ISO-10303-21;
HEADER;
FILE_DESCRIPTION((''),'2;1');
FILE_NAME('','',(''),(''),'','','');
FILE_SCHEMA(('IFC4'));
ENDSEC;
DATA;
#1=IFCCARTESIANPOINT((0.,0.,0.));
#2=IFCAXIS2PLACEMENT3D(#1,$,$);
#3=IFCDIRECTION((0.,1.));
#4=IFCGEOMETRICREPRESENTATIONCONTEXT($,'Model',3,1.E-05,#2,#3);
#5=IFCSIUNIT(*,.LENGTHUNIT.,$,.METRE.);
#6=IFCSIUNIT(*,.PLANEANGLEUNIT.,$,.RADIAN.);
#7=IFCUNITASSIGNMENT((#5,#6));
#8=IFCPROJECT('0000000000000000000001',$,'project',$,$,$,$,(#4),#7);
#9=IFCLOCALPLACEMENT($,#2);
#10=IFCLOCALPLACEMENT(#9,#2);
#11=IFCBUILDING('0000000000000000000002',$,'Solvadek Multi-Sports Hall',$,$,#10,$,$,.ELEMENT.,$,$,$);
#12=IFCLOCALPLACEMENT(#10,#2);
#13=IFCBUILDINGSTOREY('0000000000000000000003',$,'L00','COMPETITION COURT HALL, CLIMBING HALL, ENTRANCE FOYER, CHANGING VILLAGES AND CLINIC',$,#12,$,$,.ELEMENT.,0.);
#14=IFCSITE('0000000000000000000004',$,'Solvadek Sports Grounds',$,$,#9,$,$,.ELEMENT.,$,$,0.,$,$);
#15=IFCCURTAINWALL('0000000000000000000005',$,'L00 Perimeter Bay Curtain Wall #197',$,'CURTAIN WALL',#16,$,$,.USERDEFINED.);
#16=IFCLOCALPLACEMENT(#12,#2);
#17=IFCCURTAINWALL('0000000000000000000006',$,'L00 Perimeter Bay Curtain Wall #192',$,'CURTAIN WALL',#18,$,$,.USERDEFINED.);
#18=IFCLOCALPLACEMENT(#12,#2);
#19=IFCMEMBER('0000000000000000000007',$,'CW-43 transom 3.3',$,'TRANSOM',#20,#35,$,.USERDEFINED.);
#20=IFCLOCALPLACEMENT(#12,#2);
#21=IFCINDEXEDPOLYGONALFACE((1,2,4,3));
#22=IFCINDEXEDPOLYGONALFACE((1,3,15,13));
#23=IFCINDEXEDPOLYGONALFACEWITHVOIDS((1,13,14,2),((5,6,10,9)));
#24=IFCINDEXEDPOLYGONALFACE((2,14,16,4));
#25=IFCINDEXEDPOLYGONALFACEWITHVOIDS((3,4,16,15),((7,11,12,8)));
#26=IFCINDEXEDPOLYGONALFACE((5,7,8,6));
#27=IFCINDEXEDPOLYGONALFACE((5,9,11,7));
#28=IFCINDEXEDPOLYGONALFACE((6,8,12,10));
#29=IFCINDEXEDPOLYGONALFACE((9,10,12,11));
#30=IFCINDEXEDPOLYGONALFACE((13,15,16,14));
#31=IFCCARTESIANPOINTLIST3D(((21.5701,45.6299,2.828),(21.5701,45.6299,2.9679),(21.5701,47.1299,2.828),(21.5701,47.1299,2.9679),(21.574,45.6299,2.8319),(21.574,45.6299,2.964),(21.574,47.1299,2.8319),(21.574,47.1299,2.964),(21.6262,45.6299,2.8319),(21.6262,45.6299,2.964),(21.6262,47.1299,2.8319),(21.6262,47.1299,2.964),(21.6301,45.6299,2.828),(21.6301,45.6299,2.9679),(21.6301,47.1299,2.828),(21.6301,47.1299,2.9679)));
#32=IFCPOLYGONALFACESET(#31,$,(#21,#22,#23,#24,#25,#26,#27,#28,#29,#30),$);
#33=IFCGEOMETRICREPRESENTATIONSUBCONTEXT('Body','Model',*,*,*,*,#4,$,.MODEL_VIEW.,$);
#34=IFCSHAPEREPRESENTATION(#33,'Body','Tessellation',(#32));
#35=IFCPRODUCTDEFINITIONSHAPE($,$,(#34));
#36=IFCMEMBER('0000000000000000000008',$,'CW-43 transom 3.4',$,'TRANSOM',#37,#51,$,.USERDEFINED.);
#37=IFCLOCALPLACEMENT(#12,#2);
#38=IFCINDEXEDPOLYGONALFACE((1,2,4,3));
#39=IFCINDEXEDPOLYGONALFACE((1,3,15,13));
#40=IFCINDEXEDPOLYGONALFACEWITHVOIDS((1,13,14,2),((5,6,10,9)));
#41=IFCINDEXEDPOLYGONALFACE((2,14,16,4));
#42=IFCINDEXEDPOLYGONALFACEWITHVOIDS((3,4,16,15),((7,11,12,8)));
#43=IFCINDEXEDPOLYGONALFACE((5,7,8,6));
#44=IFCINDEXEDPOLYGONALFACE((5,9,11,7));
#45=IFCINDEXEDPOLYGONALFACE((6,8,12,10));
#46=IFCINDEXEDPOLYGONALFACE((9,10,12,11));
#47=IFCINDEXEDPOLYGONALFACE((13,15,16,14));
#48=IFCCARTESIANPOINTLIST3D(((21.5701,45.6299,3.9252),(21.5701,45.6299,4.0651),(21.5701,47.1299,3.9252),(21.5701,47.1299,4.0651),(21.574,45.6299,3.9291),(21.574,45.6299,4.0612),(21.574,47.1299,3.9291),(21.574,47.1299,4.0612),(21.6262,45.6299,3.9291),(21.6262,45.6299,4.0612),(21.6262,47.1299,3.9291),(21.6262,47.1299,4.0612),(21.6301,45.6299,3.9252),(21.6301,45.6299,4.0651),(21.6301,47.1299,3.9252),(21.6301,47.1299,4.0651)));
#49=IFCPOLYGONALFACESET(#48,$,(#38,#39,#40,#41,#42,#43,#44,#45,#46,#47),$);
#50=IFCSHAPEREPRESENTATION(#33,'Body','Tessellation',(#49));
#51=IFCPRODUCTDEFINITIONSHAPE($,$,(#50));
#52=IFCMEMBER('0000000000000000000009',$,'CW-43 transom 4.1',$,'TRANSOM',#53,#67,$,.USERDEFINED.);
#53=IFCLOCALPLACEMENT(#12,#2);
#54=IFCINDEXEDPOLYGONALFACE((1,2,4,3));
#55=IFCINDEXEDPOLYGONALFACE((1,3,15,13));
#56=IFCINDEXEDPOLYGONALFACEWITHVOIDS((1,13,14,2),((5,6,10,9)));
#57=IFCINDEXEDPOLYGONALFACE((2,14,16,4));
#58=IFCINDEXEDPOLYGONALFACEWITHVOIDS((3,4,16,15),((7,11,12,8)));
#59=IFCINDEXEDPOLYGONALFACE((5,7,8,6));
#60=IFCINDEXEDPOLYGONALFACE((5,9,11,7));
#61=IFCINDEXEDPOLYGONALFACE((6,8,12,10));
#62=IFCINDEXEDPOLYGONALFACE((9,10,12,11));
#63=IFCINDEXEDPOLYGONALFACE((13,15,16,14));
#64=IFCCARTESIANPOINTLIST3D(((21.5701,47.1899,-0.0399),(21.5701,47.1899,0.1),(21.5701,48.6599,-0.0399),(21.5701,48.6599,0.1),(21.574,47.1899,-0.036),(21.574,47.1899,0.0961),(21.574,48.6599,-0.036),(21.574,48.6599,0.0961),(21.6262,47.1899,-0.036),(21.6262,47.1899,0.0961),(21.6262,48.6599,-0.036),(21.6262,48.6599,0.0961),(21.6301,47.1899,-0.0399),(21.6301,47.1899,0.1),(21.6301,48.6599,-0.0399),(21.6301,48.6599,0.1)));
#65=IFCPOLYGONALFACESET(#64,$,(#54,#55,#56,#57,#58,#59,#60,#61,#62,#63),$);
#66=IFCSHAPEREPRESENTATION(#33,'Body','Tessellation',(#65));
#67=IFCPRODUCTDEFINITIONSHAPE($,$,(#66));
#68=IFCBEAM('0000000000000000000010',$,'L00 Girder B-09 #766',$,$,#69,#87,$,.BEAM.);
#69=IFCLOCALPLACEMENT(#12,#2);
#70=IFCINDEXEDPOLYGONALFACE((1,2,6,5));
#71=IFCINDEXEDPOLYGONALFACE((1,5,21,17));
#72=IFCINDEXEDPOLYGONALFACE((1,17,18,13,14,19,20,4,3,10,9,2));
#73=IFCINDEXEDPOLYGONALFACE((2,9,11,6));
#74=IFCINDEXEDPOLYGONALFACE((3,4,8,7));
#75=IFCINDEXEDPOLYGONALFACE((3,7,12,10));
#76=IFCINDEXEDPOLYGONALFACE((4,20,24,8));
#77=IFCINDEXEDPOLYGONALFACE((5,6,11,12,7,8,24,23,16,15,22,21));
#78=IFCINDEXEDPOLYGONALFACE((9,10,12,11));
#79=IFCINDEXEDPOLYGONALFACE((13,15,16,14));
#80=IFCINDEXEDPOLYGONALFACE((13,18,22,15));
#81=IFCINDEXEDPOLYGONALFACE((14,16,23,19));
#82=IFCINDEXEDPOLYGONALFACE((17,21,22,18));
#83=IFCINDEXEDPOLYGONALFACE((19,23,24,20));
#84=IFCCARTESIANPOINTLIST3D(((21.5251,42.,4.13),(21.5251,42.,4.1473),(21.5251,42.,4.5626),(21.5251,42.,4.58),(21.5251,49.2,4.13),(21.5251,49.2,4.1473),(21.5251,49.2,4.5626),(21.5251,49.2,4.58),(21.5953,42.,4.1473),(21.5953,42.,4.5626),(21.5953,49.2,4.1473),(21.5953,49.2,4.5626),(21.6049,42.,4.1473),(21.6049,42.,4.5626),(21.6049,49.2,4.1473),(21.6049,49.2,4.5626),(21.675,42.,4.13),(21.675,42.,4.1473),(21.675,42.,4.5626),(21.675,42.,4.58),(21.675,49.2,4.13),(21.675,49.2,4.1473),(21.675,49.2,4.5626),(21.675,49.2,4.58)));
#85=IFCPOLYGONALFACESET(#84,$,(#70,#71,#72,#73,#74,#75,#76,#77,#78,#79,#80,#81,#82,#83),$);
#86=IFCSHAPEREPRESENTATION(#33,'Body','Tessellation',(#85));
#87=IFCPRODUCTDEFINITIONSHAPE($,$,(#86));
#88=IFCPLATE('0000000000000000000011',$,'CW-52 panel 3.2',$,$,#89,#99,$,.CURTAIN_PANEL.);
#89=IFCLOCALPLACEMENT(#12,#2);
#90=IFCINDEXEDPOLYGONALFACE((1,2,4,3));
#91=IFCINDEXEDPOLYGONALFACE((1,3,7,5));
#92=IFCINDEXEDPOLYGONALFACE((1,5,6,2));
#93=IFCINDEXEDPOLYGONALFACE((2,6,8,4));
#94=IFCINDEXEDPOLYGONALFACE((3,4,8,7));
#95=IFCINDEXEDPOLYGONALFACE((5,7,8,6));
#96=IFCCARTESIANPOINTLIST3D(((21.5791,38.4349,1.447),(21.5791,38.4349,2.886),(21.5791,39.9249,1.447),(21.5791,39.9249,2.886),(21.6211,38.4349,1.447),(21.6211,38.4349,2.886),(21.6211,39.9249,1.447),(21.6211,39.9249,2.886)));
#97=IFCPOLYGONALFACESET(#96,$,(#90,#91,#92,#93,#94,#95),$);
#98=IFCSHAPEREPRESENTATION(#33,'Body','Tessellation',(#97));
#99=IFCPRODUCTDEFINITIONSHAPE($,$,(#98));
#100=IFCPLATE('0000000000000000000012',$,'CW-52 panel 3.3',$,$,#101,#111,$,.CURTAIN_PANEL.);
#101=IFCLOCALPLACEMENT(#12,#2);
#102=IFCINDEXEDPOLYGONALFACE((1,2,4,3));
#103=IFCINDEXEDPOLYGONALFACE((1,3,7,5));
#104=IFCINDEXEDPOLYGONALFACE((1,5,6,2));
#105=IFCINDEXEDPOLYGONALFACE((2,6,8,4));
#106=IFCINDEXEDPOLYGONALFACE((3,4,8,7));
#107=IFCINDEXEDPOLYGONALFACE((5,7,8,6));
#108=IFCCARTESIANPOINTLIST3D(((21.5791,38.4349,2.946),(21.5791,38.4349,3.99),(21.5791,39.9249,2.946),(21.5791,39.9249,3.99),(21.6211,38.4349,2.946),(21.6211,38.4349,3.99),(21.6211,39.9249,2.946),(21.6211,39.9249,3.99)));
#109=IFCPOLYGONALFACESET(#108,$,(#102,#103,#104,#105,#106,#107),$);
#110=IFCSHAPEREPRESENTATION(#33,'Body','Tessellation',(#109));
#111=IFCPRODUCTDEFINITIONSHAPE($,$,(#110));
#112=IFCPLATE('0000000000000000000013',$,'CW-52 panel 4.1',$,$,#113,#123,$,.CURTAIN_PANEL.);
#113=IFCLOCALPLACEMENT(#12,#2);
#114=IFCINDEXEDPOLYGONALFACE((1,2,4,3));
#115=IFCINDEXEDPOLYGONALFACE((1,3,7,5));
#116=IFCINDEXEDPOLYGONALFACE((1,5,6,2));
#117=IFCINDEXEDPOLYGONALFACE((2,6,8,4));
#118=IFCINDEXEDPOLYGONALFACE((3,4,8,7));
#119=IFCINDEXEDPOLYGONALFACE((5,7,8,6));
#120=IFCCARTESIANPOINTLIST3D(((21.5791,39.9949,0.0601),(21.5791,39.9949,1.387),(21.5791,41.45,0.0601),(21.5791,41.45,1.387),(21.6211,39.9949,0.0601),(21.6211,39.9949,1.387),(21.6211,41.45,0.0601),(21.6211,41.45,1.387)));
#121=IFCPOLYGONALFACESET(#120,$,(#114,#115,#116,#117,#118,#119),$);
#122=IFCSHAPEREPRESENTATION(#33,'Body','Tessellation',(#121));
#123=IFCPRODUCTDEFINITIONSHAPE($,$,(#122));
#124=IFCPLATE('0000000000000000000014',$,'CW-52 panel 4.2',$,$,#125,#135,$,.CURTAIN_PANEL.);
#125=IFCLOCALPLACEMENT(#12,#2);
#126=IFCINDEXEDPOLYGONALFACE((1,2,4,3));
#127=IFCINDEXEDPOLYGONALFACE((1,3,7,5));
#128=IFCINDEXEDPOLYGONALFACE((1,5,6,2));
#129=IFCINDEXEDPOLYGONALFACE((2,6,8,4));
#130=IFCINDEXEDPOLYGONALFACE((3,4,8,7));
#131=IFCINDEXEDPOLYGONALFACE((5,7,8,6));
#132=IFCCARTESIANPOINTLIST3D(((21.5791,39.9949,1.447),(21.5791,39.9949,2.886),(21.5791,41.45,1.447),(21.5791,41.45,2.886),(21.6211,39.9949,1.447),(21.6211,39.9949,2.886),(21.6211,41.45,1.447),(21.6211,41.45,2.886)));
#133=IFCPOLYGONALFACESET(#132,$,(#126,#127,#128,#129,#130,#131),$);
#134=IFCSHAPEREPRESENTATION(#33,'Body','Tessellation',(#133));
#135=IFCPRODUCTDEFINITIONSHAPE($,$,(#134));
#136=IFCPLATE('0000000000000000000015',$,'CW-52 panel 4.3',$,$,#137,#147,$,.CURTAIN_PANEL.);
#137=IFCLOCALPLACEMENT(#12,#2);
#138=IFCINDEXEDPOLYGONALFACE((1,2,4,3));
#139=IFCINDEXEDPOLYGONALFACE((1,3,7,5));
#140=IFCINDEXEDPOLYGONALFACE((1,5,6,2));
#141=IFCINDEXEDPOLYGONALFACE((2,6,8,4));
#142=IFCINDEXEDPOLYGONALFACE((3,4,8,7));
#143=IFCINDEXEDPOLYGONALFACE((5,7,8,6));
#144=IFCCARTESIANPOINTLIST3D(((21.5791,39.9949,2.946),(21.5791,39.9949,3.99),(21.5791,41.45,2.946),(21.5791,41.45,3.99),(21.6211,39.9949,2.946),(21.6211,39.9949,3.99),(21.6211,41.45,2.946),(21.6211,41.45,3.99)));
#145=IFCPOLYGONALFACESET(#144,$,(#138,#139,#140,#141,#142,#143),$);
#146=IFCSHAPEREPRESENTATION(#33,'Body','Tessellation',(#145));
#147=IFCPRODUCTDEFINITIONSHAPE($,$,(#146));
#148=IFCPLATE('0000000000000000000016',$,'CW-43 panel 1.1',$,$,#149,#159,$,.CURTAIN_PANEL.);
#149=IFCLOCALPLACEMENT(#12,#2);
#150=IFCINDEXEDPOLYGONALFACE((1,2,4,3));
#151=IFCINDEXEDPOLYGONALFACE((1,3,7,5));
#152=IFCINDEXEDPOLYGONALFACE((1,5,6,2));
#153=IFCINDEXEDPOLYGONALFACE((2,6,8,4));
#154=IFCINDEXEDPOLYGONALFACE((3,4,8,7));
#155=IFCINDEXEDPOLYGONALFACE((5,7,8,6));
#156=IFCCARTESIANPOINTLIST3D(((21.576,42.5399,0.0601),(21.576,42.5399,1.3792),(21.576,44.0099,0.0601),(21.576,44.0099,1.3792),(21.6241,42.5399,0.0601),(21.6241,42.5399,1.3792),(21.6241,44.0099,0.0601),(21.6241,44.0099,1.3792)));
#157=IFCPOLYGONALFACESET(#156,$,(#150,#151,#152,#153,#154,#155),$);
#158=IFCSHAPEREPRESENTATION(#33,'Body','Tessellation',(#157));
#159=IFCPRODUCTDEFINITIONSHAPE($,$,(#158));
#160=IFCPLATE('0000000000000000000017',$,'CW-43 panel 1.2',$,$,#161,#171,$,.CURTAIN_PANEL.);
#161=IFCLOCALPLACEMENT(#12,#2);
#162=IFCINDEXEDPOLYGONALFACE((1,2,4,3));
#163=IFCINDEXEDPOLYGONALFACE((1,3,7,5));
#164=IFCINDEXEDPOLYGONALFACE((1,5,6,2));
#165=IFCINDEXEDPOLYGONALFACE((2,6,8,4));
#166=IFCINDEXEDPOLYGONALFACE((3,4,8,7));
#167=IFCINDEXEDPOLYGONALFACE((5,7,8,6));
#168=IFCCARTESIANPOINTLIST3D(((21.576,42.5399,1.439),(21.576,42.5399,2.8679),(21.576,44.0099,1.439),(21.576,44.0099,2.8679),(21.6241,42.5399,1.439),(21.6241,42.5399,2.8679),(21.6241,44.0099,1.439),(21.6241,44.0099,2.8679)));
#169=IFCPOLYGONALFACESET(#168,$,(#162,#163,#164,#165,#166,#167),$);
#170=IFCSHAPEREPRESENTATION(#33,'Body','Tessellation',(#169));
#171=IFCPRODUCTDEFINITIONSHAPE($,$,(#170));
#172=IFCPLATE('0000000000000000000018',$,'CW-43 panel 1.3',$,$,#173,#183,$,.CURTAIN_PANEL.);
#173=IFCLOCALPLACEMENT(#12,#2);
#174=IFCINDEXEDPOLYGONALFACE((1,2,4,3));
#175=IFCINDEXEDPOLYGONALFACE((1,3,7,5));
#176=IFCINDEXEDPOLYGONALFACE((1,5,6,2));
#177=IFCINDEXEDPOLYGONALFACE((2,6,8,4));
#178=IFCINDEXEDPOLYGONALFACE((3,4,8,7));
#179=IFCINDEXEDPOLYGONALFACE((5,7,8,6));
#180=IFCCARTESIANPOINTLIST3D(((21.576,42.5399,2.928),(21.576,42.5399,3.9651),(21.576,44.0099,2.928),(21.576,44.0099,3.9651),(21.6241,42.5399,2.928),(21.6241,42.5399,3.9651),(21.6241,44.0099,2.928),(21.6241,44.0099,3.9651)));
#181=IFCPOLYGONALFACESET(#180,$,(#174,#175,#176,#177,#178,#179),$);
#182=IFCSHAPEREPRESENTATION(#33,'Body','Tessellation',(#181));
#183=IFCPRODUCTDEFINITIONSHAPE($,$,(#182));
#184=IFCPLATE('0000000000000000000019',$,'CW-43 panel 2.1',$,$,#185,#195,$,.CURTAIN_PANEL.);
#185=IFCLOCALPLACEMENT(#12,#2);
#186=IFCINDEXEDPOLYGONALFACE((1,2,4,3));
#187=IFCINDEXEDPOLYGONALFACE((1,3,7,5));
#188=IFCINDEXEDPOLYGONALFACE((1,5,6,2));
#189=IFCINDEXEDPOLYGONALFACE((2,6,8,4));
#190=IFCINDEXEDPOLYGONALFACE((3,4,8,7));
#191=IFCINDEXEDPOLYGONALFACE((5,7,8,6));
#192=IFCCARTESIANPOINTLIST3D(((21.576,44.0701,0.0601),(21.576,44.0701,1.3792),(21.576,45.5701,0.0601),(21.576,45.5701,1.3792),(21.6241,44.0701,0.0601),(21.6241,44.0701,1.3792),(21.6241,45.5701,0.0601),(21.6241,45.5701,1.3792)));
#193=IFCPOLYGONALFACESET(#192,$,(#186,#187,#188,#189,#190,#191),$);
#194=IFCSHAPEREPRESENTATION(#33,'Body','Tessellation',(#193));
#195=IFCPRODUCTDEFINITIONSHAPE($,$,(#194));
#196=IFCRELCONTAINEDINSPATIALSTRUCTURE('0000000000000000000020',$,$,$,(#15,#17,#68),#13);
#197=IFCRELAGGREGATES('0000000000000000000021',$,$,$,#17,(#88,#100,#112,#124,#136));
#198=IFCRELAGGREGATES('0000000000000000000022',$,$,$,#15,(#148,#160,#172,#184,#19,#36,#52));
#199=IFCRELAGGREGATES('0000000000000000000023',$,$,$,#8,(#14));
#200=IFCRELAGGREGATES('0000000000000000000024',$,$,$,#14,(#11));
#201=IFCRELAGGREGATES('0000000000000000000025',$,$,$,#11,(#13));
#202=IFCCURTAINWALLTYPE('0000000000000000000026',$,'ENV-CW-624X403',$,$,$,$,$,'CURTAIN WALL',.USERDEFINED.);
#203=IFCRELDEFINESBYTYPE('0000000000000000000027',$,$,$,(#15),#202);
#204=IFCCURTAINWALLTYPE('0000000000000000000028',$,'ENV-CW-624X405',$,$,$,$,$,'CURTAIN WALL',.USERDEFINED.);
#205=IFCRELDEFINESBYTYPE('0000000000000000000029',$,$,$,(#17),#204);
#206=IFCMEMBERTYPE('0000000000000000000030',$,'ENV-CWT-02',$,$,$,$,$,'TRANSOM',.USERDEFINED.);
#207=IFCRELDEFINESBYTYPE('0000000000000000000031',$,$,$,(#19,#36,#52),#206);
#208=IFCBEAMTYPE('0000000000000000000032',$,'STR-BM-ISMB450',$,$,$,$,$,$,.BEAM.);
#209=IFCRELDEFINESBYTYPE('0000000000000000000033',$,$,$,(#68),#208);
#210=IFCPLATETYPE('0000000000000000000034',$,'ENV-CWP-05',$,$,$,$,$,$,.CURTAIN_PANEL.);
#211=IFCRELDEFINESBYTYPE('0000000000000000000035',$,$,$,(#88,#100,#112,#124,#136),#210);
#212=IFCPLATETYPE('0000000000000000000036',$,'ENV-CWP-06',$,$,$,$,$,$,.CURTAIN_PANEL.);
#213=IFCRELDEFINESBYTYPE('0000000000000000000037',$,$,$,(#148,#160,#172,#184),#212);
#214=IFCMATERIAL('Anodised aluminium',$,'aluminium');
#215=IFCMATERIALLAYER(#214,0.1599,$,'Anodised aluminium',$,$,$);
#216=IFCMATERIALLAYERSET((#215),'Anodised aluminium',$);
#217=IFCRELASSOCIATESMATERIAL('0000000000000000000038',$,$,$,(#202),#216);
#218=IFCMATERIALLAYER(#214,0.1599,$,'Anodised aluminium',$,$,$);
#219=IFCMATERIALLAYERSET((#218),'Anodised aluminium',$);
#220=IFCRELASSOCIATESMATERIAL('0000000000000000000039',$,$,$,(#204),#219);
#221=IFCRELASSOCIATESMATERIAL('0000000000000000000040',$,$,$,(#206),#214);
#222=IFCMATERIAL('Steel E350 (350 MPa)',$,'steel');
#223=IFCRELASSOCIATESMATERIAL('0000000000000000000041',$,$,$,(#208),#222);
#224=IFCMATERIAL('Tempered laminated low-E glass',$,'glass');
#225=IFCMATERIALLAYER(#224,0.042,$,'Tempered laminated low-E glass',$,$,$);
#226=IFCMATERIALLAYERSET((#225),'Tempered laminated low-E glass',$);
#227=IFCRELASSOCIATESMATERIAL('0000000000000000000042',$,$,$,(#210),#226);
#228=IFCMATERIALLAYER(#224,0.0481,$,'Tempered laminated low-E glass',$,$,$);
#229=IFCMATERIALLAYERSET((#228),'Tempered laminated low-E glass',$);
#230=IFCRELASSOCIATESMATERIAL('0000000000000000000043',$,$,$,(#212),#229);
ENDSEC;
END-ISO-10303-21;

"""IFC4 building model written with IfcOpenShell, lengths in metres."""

from ifc_helpers import new_model, si_unit, direction, frame, origin, origin_2d, place, context, subcontext, project, spatial, rectangle, hollow_rectangle, i_section, extrude, material, layer, layer_set, material_profile, profile_set, type_object, element, aggregate, save


model = new_model("IFC4")

# Units and contexts
model_context = context("Model", 3, precision=1e-05, world=origin(), true_north=direction((0.0, 1.0)))
body_context = subcontext(model_context, "Body", "Model", "MODEL_VIEW")
ifc_project = project(units=[si_unit("LENGTHUNIT", "METRE"), si_unit("PLANEANGLEUNIT", "RADIAN")], contexts=[model_context])

# Site, building, storey
site_placement = place(None, origin())
site = spatial("IfcSite", under=ifc_project, at=site_placement, Name="Solvadek Sports Grounds", CompositionType="ELEMENT", RefElevation=0.0)
building_placement = place(site_placement, origin())
building = spatial("IfcBuilding", under=site, at=building_placement, Name="Solvadek Multi-Sports Hall", CompositionType="ELEMENT")
storey_placement = place(building_placement, origin())
storey = spatial("IfcBuildingStorey", under=building, at=storey_placement, Name="L00", Description="COMPETITION COURT HALL, CLIMBING HALL, ENTRANCE FOYER, CHANGING VILLAGES AND CLINIC", CompositionType="ELEMENT", Elevation=0.0)

# Shared definitions
ifc_material_1 = material(Name="Steel E350 (350 MPa)", Category="steel")

# Curtain walls
ifc_material_2 = material(Name="Anodised aluminium", Category="aluminium")
ifc_layer_1 = layer(ifc_material_2, 0.1599, Name="Anodised aluminium")
ifc_layer_set_1 = layer_set([ifc_layer_1], Name="Anodised aluminium")
curtain_wall_type_1 = type_object("IfcCurtainWallType", Name="ENV-CW-624X403", ElementType="CURTAIN WALL", PredefinedType="USERDEFINED", material=ifc_layer_set_1)
curtain_wall_1_placement = place(storey_placement, origin())
curtain_wall_1 = element("IfcCurtainWall", 1, at=curtain_wall_1_placement, inside=storey, type_object=curtain_wall_type_1, Name="L00 Perimeter Bay Curtain Wall #197", ObjectType="CURTAIN WALL", PredefinedType="USERDEFINED")
ifc_layer_2 = layer(ifc_material_2, 0.1599, Name="Anodised aluminium")
ifc_layer_set_2 = layer_set([ifc_layer_2], Name="Anodised aluminium")
curtain_wall_type_2 = type_object("IfcCurtainWallType", Name="ENV-CW-624X405", ElementType="CURTAIN WALL", PredefinedType="USERDEFINED", material=ifc_layer_set_2)
curtain_wall_2_placement = place(storey_placement, origin())
curtain_wall_2 = element("IfcCurtainWall", 2, at=curtain_wall_2_placement, inside=storey, type_object=curtain_wall_type_2, Name="L00 Perimeter Bay Curtain Wall #192", ObjectType="CURTAIN WALL", PredefinedType="USERDEFINED")

# Members
ifc_material_profile_1 = material_profile(ifc_material_2, hollow_rectangle(XDim=0.0601, YDim=0.1399, WallThickness=0.0039, at=origin_2d()), Name="ALU-T 140x60x4")
ifc_profile_set_1 = profile_set([ifc_material_profile_1], Name="Anodised aluminium")
member_type_1 = type_object("IfcMemberType", Name="ENV-CWT-02", ElementType="TRANSOM", PredefinedType="USERDEFINED", material=ifc_profile_set_1)
member_1_placement = place(storey_placement, frame((21.6001, 45.6299, 2.8979), z_axis=(0.0, 1.0, 0.0), x_axis=(-1.0, 0.0, 0.0)))
member_1 = element("IfcMember", 3, at=member_1_placement, type_object=member_type_1, Name="CW-43 transom 3.3", ObjectType="TRANSOM", PredefinedType="USERDEFINED", context=body_context, shape_type="SweptSolid", body=[
    extrude(hollow_rectangle(XDim=0.0601, YDim=0.1399, WallThickness=0.0039, at=origin_2d()), origin(), (0.0, 0.0, 1.0), 1.5),
])
member_2_placement = place(storey_placement, frame((21.6001, 45.6299, 3.9951), z_axis=(0.0, 1.0, 0.0), x_axis=(-1.0, 0.0, 0.0)))
member_2 = element("IfcMember", 4, at=member_2_placement, type_object=member_type_1, Name="CW-43 transom 3.4", ObjectType="TRANSOM", PredefinedType="USERDEFINED", context=body_context, shape_type="SweptSolid", body=[
    extrude(hollow_rectangle(XDim=0.0601, YDim=0.1399, WallThickness=0.0039, at=origin_2d()), origin(), (0.0, 0.0, 1.0), 1.5),
])
member_3_placement = place(storey_placement, frame((21.6001, 47.1899, 0.03), z_axis=(0.0, 1.0, 0.0), x_axis=(-1.0, 0.0, 0.0)))
member_3 = element("IfcMember", 5, at=member_3_placement, type_object=member_type_1, Name="CW-43 transom 4.1", ObjectType="TRANSOM", PredefinedType="USERDEFINED", context=body_context, shape_type="SweptSolid", body=[
    extrude(hollow_rectangle(XDim=0.0601, YDim=0.1399, WallThickness=0.0039, at=origin_2d()), origin(), (0.0, 0.0, 1.0), 1.47),
])

# Beam
ifc_material_profile_2 = material_profile(ifc_material_1, i_section(OverallWidth=0.1499, OverallDepth=0.45, WebThickness=0.0095, FlangeThickness=0.0173, at=origin_2d()), Name="ISMB 450")
ifc_profile_set_2 = profile_set([ifc_material_profile_2], Name="Steel E350 (350 MPa)")
beam_type = type_object("IfcBeamType", Name="STR-BM-ISMB450", PredefinedType="BEAM", material=ifc_profile_set_2)
beam_placement = place(storey_placement, frame((21.6001, 42.0, 4.355), z_axis=(0.0, 1.0, 0.0), x_axis=(-1.0, 0.0, 0.0)))
element("IfcBeam", 6, at=beam_placement, inside=storey, type_object=beam_type, Name="L00 Girder B-09 #766", PredefinedType="BEAM", context=body_context, shape_type="SweptSolid", body=[
    extrude(i_section(OverallWidth=0.1499, OverallDepth=0.45, WebThickness=0.0095, FlangeThickness=0.0173, at=origin_2d()), origin(), (0.0, 0.0, 1.0), 7.2),
])

# Plates
ifc_material_3 = material(Name="Tempered laminated low-E glass", Category="glass")
ifc_layer_3 = layer(ifc_material_3, 0.042, Name="Tempered laminated low-E glass")
ifc_layer_set_3 = layer_set([ifc_layer_3], Name="Tempered laminated low-E glass")
plate_type_1 = type_object("IfcPlateType", Name="ENV-CWP-05", PredefinedType="CURTAIN_PANEL", material=ifc_layer_set_3)
plate_1_placement = place(storey_placement, frame((21.6001, 39.1799, 1.447), z_axis=(0.0, 0.0, 1.0), x_axis=(0.0, 1.0, 0.0)))
plate_1 = element("IfcPlate", 7, at=plate_1_placement, type_object=plate_type_1, Name="CW-52 panel 3.2", PredefinedType="CURTAIN_PANEL", context=body_context, shape_type="SweptSolid", body=[
    extrude(rectangle(XDim=1.49, YDim=0.042, at=origin_2d()), origin(), (0.0, 0.0, 1.0), 1.439),
])
plate_2_placement = place(storey_placement, frame((21.6001, 39.1799, 2.946), z_axis=(0.0, 0.0, 1.0), x_axis=(0.0, 1.0, 0.0)))
plate_2 = element("IfcPlate", 8, at=plate_2_placement, type_object=plate_type_1, Name="CW-52 panel 3.3", PredefinedType="CURTAIN_PANEL", context=body_context, shape_type="SweptSolid", body=[
    extrude(rectangle(XDim=1.49, YDim=0.042, at=origin_2d()), origin(), (0.0, 0.0, 1.0), 1.0439),
])
plate_3_placement = place(storey_placement, frame((21.6001, 40.7224, 0.0601), z_axis=(0.0, 0.0, 1.0), x_axis=(0.0, 1.0, 0.0)))
plate_3 = element("IfcPlate", 9, at=plate_3_placement, type_object=plate_type_1, Name="CW-52 panel 4.1", PredefinedType="CURTAIN_PANEL", context=body_context, shape_type="SweptSolid", body=[
    extrude(rectangle(XDim=1.4551, YDim=0.042, at=origin_2d()), origin(), (0.0, 0.0, 1.0), 1.3269),
])
plate_4_placement = place(storey_placement, frame((21.6001, 40.7224, 1.447), z_axis=(0.0, 0.0, 1.0), x_axis=(0.0, 1.0, 0.0)))
plate_4 = element("IfcPlate", 10, at=plate_4_placement, type_object=plate_type_1, Name="CW-52 panel 4.2", PredefinedType="CURTAIN_PANEL", context=body_context, shape_type="SweptSolid", body=[
    extrude(rectangle(XDim=1.4551, YDim=0.042, at=origin_2d()), origin(), (0.0, 0.0, 1.0), 1.439),
])
plate_5_placement = place(storey_placement, frame((21.6001, 40.7224, 2.946), z_axis=(0.0, 0.0, 1.0), x_axis=(0.0, 1.0, 0.0)))
plate_5 = element("IfcPlate", 11, at=plate_5_placement, type_object=plate_type_1, Name="CW-52 panel 4.3", PredefinedType="CURTAIN_PANEL", context=body_context, shape_type="SweptSolid", body=[
    extrude(rectangle(XDim=1.4551, YDim=0.042, at=origin_2d()), origin(), (0.0, 0.0, 1.0), 1.0439),
])
aggregate(curtain_wall_2, [plate_1, plate_2, plate_3, plate_4, plate_5])
ifc_layer_4 = layer(ifc_material_3, 0.0481, Name="Tempered laminated low-E glass")
ifc_layer_set_4 = layer_set([ifc_layer_4], Name="Tempered laminated low-E glass")
plate_type_2 = type_object("IfcPlateType", Name="ENV-CWP-06", PredefinedType="CURTAIN_PANEL", material=ifc_layer_set_4)
plate_6_placement = place(storey_placement, frame((21.6001, 43.2749, 0.0601), z_axis=(0.0, 0.0, 1.0), x_axis=(0.0, 1.0, 0.0)))
plate_6 = element("IfcPlate", 12, at=plate_6_placement, type_object=plate_type_2, Name="CW-43 panel 1.1", PredefinedType="CURTAIN_PANEL", context=body_context, shape_type="SweptSolid", body=[
    extrude(rectangle(XDim=1.47, YDim=0.0481, at=origin_2d()), origin(), (0.0, 0.0, 1.0), 1.3191),
])
plate_7_placement = place(storey_placement, frame((21.6001, 43.2749, 1.439), z_axis=(0.0, 0.0, 1.0), x_axis=(0.0, 1.0, 0.0)))
plate_7 = element("IfcPlate", 13, at=plate_7_placement, type_object=plate_type_2, Name="CW-43 panel 1.2", PredefinedType="CURTAIN_PANEL", context=body_context, shape_type="SweptSolid", body=[
    extrude(rectangle(XDim=1.47, YDim=0.0481, at=origin_2d()), origin(), (0.0, 0.0, 1.0), 1.429),
])
plate_8_placement = place(storey_placement, frame((21.6001, 43.2749, 2.928), z_axis=(0.0, 0.0, 1.0), x_axis=(0.0, 1.0, 0.0)))
plate_8 = element("IfcPlate", 14, at=plate_8_placement, type_object=plate_type_2, Name="CW-43 panel 1.3", PredefinedType="CURTAIN_PANEL", context=body_context, shape_type="SweptSolid", body=[
    extrude(rectangle(XDim=1.47, YDim=0.0481, at=origin_2d()), origin(), (0.0, 0.0, 1.0), 1.0371),
])
plate_9_placement = place(storey_placement, frame((21.6001, 44.8201, 0.0601), z_axis=(0.0, 0.0, 1.0), x_axis=(0.0, 1.0, 0.0)))
plate_9 = element("IfcPlate", 15, at=plate_9_placement, type_object=plate_type_2, Name="CW-43 panel 2.1", PredefinedType="CURTAIN_PANEL", context=body_context, shape_type="SweptSolid", body=[
    extrude(rectangle(XDim=1.5, YDim=0.0481, at=origin_2d()), origin(), (0.0, 0.0, 1.0), 1.3191),
])
aggregate(curtain_wall_1, [plate_6, plate_7, plate_8, plate_9, member_1, member_2, member_3])

save(model, "model.ifc")
